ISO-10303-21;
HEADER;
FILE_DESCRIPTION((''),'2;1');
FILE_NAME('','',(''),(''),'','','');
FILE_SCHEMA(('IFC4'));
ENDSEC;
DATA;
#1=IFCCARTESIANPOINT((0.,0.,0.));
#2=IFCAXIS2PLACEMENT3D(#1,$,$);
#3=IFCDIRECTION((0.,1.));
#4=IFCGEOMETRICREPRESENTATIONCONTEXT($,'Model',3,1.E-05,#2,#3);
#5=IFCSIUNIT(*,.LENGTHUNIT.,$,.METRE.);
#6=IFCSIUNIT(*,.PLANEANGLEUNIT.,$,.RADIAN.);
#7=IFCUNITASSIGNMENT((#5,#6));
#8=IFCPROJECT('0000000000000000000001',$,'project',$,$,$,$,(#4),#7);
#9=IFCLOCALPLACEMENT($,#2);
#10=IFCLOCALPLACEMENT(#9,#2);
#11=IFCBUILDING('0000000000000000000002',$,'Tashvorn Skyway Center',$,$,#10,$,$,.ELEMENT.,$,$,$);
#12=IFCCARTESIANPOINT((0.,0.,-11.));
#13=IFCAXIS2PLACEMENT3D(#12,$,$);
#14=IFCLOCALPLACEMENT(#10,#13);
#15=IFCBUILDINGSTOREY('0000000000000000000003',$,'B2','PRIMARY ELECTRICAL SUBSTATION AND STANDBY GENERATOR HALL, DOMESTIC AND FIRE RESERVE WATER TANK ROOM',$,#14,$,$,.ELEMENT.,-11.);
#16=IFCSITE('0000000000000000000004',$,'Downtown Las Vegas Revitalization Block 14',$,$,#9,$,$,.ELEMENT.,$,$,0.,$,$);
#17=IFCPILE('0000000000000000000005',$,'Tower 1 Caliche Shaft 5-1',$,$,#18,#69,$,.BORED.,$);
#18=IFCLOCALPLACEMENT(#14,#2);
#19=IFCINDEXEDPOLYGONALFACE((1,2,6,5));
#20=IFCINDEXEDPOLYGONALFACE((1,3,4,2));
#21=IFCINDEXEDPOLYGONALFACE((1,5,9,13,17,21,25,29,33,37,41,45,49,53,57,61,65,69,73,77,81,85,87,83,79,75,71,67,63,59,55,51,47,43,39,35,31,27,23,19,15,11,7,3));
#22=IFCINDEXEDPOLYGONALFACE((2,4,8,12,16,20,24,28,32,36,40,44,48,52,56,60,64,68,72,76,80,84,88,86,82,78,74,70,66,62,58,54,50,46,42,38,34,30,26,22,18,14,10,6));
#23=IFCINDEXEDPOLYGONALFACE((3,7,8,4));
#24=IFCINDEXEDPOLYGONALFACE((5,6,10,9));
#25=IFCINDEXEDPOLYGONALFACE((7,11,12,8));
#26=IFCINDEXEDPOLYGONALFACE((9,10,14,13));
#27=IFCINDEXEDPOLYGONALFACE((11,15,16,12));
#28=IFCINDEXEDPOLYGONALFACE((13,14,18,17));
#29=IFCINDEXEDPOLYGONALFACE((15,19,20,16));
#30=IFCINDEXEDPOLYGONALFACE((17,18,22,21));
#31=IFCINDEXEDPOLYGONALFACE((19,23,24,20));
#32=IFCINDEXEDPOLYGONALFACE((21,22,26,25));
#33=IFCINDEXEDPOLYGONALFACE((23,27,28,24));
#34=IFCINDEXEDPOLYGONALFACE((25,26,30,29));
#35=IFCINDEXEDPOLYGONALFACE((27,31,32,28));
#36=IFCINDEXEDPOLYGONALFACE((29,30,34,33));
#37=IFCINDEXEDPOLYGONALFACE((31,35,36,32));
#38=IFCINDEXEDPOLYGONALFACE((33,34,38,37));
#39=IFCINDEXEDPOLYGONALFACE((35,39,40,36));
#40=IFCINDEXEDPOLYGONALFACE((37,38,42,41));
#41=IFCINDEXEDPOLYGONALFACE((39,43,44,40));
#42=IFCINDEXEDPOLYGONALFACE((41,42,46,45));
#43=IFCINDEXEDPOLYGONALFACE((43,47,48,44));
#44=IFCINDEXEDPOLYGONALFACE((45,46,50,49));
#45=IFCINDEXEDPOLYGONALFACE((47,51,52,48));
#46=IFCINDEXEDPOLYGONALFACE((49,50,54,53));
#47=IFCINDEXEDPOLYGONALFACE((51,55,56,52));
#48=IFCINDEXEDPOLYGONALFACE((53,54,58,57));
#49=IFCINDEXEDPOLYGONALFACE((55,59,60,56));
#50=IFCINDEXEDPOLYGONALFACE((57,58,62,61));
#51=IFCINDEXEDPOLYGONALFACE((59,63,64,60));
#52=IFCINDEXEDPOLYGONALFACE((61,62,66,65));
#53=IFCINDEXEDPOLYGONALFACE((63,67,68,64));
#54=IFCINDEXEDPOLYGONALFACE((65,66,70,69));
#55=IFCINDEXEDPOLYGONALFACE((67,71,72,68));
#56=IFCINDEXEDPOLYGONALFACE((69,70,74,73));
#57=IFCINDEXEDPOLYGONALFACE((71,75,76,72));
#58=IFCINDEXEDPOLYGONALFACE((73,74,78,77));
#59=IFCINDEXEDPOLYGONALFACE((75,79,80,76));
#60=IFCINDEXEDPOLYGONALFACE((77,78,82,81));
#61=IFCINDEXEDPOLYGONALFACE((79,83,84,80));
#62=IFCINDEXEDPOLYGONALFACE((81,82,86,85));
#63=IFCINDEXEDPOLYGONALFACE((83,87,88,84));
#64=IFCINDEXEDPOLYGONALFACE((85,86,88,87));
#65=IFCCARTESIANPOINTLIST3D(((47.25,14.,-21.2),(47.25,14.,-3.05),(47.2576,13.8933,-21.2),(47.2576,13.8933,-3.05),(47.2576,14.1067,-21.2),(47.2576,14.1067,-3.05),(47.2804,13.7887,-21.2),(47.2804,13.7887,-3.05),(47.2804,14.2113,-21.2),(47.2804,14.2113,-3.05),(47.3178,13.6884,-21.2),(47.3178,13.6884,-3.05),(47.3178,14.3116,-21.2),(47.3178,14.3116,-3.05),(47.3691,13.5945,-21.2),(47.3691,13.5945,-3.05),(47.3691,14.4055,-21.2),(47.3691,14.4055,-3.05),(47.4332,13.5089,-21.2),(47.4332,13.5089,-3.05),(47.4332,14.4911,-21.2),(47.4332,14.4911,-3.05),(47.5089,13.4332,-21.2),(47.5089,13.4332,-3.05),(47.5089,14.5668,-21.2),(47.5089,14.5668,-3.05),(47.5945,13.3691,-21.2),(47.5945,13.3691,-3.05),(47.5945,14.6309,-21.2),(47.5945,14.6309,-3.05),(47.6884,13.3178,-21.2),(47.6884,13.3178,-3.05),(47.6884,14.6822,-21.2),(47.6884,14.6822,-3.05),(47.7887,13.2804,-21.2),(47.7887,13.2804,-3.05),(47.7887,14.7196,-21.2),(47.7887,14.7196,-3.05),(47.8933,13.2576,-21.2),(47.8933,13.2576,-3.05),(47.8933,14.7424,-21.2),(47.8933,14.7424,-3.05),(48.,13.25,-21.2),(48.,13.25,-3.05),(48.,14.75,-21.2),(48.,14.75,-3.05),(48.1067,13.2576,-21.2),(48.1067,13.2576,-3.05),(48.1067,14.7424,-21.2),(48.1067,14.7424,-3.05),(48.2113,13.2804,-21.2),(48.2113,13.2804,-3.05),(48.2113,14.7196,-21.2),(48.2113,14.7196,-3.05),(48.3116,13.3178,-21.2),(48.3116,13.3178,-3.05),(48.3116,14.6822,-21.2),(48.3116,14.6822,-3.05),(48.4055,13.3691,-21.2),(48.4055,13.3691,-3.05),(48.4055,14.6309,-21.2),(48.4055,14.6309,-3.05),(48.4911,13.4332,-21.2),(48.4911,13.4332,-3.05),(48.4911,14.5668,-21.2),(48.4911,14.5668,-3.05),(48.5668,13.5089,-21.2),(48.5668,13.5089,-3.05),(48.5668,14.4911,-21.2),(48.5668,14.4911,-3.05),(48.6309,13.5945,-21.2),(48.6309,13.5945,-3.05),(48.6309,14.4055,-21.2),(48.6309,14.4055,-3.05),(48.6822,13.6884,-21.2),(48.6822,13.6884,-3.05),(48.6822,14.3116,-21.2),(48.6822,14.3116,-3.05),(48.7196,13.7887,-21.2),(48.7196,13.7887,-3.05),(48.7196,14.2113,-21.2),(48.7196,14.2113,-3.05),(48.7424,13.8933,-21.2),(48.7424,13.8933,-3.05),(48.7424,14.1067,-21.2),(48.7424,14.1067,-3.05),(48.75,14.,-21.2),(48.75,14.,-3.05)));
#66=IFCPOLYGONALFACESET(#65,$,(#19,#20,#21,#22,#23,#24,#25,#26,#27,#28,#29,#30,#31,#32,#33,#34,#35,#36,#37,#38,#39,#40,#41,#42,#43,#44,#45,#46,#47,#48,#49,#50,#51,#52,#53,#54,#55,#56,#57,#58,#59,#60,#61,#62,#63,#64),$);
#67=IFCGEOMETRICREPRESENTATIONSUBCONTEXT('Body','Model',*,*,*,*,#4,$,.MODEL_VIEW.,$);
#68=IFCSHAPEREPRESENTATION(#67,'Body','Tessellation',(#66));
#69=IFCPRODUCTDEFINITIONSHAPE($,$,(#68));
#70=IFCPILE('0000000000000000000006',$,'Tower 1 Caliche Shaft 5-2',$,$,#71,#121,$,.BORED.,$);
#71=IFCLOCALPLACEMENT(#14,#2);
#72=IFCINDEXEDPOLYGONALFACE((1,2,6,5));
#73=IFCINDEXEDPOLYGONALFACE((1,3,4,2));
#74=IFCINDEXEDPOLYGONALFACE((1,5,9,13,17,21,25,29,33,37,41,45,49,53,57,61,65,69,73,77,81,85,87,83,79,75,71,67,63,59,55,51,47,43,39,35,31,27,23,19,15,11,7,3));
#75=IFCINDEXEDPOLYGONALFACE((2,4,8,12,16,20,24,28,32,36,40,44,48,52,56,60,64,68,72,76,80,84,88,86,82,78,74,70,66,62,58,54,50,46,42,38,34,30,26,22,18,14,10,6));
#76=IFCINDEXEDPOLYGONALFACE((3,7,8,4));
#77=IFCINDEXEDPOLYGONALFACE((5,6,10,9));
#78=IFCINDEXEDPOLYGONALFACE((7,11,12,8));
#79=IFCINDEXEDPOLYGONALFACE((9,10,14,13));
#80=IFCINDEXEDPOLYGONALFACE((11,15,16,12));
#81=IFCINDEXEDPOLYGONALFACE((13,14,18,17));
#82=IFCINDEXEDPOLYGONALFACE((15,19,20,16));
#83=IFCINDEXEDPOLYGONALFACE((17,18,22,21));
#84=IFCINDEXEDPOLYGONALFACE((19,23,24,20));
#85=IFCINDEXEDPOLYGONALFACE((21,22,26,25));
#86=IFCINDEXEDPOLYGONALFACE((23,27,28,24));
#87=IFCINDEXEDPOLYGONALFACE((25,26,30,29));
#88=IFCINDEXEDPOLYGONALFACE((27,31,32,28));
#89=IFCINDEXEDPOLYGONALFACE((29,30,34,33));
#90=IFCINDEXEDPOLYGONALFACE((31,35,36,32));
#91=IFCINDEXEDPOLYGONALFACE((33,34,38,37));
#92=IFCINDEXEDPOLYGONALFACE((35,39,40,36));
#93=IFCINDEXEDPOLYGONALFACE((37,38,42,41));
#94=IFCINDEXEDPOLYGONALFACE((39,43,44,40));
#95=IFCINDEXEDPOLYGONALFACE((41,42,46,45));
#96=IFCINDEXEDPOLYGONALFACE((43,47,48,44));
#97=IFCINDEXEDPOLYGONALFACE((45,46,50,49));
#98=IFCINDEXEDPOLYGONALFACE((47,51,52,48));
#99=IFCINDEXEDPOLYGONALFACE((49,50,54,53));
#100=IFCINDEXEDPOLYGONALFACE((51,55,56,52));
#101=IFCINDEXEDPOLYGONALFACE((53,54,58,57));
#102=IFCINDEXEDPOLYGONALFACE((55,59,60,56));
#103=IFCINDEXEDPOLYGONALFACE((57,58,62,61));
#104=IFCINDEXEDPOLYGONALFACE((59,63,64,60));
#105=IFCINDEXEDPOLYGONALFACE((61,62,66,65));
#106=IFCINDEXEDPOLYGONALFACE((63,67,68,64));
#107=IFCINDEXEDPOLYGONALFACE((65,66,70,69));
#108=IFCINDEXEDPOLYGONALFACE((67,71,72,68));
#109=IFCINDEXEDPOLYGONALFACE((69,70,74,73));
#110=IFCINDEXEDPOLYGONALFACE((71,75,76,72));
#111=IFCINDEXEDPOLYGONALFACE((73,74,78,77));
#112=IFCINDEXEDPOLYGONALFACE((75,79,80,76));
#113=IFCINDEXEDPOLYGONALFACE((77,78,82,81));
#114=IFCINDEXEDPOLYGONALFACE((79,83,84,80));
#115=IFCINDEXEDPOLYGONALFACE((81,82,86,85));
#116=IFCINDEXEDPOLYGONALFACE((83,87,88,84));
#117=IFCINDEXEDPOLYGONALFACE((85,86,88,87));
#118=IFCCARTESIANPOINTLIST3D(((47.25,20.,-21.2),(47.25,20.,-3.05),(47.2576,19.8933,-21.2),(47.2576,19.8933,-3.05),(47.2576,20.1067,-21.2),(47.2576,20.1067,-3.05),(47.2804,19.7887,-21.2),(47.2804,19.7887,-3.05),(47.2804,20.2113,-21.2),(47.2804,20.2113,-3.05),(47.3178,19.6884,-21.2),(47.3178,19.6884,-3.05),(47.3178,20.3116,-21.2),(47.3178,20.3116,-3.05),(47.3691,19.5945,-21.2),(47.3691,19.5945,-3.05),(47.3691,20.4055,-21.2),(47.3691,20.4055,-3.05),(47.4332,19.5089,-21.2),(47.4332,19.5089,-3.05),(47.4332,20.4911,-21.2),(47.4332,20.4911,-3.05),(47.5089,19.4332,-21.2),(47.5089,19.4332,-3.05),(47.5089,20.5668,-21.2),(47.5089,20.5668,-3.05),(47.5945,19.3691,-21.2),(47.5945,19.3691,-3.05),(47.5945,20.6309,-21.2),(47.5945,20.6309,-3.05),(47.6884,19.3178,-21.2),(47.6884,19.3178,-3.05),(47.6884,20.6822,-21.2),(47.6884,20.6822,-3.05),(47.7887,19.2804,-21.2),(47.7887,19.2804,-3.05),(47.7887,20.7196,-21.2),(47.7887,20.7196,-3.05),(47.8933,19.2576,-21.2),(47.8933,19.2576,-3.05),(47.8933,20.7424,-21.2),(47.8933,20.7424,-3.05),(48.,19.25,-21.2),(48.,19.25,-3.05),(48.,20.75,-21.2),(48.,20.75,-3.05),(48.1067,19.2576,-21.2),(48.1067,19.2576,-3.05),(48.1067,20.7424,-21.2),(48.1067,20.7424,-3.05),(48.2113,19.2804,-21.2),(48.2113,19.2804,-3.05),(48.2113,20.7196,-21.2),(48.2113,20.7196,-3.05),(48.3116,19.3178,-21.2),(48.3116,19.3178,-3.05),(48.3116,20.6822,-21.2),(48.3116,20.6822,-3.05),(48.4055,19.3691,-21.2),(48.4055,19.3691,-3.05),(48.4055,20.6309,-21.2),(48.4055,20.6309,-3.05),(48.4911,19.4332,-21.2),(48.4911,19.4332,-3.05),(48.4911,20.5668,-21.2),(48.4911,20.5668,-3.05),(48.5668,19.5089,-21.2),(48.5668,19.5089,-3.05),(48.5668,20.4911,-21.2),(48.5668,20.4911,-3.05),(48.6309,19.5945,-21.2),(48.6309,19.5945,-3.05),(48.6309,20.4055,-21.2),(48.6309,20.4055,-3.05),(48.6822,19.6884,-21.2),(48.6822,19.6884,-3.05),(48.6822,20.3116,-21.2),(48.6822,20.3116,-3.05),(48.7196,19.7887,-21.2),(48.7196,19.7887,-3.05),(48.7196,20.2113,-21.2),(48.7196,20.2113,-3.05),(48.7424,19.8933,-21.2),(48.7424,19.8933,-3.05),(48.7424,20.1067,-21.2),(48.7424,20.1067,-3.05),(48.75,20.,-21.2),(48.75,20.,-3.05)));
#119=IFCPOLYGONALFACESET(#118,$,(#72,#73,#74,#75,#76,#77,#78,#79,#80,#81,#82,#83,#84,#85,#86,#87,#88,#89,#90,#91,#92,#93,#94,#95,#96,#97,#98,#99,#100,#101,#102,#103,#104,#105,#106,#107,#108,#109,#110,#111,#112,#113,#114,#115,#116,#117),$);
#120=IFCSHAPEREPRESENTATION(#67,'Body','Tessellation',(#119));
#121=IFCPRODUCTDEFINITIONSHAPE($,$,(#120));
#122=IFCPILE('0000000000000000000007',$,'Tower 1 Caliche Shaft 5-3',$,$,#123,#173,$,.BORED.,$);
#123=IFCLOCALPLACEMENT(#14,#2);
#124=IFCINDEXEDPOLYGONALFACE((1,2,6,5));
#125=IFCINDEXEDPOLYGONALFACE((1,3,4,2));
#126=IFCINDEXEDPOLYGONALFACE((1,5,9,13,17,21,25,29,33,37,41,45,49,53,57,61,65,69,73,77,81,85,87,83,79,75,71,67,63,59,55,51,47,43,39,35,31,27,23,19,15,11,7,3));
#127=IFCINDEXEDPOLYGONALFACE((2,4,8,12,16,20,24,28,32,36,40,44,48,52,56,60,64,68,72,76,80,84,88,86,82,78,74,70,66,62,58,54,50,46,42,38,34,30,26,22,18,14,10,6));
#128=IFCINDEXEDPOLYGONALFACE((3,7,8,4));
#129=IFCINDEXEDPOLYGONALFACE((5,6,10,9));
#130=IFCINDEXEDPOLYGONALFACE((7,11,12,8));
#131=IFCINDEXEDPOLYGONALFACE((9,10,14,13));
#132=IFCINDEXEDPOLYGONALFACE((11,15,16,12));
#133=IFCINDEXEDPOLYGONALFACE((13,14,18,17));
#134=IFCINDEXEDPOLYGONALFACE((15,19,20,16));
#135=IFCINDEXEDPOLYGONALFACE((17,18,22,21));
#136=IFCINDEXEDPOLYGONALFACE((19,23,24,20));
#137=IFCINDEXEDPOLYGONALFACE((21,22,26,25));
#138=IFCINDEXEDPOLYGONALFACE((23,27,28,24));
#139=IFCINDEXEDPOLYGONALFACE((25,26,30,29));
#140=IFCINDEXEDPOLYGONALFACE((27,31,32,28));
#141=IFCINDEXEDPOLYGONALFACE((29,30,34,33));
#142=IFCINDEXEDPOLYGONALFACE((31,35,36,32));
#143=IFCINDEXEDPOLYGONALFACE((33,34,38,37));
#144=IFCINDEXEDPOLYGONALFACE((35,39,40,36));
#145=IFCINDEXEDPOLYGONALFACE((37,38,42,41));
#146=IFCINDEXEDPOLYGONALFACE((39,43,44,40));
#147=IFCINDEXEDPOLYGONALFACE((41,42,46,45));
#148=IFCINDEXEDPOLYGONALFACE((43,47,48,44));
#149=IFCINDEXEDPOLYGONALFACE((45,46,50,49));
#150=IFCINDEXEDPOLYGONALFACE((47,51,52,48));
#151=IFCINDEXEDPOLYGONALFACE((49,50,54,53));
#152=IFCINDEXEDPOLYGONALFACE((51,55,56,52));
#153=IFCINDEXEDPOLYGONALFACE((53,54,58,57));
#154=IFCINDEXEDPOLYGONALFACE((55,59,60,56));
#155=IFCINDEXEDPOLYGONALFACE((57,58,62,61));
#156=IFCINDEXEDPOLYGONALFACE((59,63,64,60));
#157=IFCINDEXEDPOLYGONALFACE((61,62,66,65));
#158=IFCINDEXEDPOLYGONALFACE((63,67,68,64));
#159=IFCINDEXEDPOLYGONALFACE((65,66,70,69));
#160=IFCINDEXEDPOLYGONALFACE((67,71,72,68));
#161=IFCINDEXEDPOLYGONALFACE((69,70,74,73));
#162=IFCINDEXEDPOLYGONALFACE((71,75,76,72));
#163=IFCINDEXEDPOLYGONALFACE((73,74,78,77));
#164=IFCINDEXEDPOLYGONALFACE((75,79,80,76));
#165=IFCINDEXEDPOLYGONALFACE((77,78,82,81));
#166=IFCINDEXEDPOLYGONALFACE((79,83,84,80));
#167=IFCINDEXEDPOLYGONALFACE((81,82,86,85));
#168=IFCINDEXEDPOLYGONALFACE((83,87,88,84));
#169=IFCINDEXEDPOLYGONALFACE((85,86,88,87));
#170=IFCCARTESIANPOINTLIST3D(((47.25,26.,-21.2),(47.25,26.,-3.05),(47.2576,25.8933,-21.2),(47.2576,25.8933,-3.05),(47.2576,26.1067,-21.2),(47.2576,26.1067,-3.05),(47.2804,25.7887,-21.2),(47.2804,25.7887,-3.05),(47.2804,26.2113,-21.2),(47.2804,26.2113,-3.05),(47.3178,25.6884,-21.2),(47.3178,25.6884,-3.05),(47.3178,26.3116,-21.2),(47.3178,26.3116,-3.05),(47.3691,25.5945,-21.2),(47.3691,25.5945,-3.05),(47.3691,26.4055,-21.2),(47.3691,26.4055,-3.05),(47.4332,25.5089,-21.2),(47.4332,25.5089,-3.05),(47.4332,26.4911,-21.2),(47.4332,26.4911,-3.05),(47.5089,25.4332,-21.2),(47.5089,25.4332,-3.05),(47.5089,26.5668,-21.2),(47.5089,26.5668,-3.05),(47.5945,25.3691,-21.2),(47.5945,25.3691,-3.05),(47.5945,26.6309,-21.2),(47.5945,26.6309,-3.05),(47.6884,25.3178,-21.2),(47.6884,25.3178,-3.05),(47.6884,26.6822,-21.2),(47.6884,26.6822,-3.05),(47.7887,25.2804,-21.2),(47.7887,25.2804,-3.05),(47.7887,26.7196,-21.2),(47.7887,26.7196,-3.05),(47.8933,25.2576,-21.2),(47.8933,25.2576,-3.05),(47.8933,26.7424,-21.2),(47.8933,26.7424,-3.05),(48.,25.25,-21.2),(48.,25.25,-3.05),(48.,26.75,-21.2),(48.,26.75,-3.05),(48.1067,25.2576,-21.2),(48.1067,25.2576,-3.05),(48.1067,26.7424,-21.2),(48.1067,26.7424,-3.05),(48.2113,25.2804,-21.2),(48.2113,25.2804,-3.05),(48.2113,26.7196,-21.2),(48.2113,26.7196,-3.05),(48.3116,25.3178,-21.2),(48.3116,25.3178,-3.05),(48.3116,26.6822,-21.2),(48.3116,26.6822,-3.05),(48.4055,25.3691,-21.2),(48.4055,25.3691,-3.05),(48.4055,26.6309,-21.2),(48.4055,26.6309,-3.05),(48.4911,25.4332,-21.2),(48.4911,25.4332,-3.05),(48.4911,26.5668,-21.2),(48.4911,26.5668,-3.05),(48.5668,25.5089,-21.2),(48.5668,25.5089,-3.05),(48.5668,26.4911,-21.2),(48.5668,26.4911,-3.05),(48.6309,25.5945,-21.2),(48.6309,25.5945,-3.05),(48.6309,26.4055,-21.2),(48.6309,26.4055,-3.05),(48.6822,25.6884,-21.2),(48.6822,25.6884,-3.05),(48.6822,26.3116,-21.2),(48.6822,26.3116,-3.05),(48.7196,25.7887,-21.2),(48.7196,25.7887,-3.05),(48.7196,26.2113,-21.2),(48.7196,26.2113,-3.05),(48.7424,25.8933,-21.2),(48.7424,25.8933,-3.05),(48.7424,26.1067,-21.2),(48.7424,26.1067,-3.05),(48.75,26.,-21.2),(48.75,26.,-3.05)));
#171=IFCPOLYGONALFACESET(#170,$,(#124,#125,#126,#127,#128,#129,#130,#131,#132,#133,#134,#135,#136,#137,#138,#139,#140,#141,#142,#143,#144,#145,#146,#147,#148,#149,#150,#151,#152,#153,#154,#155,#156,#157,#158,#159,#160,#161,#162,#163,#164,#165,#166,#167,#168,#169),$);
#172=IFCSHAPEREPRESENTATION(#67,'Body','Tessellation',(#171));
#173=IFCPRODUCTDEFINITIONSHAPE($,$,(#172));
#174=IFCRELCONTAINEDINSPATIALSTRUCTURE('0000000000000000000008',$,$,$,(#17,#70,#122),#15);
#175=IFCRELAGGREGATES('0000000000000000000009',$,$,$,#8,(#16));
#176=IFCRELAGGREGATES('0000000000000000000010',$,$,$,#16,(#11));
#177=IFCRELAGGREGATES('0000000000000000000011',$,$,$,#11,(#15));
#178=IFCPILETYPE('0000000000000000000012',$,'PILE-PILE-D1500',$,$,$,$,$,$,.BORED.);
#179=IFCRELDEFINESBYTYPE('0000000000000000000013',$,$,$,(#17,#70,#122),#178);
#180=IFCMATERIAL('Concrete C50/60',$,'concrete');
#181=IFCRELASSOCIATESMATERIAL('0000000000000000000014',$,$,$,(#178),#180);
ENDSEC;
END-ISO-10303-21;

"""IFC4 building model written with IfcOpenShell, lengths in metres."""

from ifc_helpers import new_model, si_unit, direction, frame, origin, origin_2d, place, context, subcontext, project, spatial, circle, extrude, material, material_profile, profile_set, type_object, element, save


model = new_model("IFC4")

# Units and contexts
model_context = context("Model", 3, precision=1e-05, world=origin(), true_north=direction((0.0, 1.0)))
body_context = subcontext(model_context, "Body", "Model", "MODEL_VIEW")
ifc_project = project(units=[si_unit("LENGTHUNIT", "METRE"), si_unit("PLANEANGLEUNIT", "RADIAN")], contexts=[model_context])

# Site, building, storey
site_placement = place(None, origin())
site = spatial("IfcSite", under=ifc_project, at=site_placement, Name="Downtown Las Vegas Revitalization Block 14", CompositionType="ELEMENT", RefElevation=0.0)
building_placement = place(site_placement, origin())
building = spatial("IfcBuilding", under=site, at=building_placement, Name="Tashvorn Skyway Center", CompositionType="ELEMENT")
storey_placement = place(building_placement, frame((0.0, 0.0, -11.0)))
storey = spatial("IfcBuildingStorey", under=building, at=storey_placement, Name="B2", Description="PRIMARY ELECTRICAL SUBSTATION AND STANDBY GENERATOR HALL, DOMESTIC AND FIRE RESERVE WATER TANK ROOM", CompositionType="ELEMENT", Elevation=-11.0)

# Piles
ifc_material_1 = material(Name="Concrete C50/60", Category="concrete")
ifc_material_profile_1 = material_profile(ifc_material_1, circle(Radius=0.75, at=origin_2d()), Name="PILE-D1500")
ifc_profile_set_1 = profile_set([ifc_material_profile_1], Name="Concrete C50/60")
pile_type = type_object("IfcPileType", Name="PILE-PILE-D1500", PredefinedType="BORED", material=ifc_profile_set_1)
for number, where, z_axis, x_axis, name in (
    (1, (48.0, 14.0, -3.05), (0.0, 0.0, -1.0), (1.0, 0.0, 0.0), "Tower 1 Caliche Shaft 5-1"),
    (2, (48.0, 20.0, -3.05), (0.0, 0.0, -1.0), (1.0, 0.0, 0.0), "Tower 1 Caliche Shaft 5-2"),
    (3, (48.0, 26.0, -3.05), (0.0, 0.0, -1.0), (1.0, 0.0, 0.0), "Tower 1 Caliche Shaft 5-3"),
):
    element("IfcPile", number, at=place(storey_placement, frame(where, z_axis=z_axis, x_axis=x_axis)), inside=storey, type_object=pile_type, Name=name, PredefinedType="BORED", context=body_context, shape_type="SweptSolid", body=[
        extrude(circle(Radius=0.75, at=origin_2d()), origin(), (0.0, 0.0, 1.0), 18.1499),
    ])

save(model, "model.ifc")
